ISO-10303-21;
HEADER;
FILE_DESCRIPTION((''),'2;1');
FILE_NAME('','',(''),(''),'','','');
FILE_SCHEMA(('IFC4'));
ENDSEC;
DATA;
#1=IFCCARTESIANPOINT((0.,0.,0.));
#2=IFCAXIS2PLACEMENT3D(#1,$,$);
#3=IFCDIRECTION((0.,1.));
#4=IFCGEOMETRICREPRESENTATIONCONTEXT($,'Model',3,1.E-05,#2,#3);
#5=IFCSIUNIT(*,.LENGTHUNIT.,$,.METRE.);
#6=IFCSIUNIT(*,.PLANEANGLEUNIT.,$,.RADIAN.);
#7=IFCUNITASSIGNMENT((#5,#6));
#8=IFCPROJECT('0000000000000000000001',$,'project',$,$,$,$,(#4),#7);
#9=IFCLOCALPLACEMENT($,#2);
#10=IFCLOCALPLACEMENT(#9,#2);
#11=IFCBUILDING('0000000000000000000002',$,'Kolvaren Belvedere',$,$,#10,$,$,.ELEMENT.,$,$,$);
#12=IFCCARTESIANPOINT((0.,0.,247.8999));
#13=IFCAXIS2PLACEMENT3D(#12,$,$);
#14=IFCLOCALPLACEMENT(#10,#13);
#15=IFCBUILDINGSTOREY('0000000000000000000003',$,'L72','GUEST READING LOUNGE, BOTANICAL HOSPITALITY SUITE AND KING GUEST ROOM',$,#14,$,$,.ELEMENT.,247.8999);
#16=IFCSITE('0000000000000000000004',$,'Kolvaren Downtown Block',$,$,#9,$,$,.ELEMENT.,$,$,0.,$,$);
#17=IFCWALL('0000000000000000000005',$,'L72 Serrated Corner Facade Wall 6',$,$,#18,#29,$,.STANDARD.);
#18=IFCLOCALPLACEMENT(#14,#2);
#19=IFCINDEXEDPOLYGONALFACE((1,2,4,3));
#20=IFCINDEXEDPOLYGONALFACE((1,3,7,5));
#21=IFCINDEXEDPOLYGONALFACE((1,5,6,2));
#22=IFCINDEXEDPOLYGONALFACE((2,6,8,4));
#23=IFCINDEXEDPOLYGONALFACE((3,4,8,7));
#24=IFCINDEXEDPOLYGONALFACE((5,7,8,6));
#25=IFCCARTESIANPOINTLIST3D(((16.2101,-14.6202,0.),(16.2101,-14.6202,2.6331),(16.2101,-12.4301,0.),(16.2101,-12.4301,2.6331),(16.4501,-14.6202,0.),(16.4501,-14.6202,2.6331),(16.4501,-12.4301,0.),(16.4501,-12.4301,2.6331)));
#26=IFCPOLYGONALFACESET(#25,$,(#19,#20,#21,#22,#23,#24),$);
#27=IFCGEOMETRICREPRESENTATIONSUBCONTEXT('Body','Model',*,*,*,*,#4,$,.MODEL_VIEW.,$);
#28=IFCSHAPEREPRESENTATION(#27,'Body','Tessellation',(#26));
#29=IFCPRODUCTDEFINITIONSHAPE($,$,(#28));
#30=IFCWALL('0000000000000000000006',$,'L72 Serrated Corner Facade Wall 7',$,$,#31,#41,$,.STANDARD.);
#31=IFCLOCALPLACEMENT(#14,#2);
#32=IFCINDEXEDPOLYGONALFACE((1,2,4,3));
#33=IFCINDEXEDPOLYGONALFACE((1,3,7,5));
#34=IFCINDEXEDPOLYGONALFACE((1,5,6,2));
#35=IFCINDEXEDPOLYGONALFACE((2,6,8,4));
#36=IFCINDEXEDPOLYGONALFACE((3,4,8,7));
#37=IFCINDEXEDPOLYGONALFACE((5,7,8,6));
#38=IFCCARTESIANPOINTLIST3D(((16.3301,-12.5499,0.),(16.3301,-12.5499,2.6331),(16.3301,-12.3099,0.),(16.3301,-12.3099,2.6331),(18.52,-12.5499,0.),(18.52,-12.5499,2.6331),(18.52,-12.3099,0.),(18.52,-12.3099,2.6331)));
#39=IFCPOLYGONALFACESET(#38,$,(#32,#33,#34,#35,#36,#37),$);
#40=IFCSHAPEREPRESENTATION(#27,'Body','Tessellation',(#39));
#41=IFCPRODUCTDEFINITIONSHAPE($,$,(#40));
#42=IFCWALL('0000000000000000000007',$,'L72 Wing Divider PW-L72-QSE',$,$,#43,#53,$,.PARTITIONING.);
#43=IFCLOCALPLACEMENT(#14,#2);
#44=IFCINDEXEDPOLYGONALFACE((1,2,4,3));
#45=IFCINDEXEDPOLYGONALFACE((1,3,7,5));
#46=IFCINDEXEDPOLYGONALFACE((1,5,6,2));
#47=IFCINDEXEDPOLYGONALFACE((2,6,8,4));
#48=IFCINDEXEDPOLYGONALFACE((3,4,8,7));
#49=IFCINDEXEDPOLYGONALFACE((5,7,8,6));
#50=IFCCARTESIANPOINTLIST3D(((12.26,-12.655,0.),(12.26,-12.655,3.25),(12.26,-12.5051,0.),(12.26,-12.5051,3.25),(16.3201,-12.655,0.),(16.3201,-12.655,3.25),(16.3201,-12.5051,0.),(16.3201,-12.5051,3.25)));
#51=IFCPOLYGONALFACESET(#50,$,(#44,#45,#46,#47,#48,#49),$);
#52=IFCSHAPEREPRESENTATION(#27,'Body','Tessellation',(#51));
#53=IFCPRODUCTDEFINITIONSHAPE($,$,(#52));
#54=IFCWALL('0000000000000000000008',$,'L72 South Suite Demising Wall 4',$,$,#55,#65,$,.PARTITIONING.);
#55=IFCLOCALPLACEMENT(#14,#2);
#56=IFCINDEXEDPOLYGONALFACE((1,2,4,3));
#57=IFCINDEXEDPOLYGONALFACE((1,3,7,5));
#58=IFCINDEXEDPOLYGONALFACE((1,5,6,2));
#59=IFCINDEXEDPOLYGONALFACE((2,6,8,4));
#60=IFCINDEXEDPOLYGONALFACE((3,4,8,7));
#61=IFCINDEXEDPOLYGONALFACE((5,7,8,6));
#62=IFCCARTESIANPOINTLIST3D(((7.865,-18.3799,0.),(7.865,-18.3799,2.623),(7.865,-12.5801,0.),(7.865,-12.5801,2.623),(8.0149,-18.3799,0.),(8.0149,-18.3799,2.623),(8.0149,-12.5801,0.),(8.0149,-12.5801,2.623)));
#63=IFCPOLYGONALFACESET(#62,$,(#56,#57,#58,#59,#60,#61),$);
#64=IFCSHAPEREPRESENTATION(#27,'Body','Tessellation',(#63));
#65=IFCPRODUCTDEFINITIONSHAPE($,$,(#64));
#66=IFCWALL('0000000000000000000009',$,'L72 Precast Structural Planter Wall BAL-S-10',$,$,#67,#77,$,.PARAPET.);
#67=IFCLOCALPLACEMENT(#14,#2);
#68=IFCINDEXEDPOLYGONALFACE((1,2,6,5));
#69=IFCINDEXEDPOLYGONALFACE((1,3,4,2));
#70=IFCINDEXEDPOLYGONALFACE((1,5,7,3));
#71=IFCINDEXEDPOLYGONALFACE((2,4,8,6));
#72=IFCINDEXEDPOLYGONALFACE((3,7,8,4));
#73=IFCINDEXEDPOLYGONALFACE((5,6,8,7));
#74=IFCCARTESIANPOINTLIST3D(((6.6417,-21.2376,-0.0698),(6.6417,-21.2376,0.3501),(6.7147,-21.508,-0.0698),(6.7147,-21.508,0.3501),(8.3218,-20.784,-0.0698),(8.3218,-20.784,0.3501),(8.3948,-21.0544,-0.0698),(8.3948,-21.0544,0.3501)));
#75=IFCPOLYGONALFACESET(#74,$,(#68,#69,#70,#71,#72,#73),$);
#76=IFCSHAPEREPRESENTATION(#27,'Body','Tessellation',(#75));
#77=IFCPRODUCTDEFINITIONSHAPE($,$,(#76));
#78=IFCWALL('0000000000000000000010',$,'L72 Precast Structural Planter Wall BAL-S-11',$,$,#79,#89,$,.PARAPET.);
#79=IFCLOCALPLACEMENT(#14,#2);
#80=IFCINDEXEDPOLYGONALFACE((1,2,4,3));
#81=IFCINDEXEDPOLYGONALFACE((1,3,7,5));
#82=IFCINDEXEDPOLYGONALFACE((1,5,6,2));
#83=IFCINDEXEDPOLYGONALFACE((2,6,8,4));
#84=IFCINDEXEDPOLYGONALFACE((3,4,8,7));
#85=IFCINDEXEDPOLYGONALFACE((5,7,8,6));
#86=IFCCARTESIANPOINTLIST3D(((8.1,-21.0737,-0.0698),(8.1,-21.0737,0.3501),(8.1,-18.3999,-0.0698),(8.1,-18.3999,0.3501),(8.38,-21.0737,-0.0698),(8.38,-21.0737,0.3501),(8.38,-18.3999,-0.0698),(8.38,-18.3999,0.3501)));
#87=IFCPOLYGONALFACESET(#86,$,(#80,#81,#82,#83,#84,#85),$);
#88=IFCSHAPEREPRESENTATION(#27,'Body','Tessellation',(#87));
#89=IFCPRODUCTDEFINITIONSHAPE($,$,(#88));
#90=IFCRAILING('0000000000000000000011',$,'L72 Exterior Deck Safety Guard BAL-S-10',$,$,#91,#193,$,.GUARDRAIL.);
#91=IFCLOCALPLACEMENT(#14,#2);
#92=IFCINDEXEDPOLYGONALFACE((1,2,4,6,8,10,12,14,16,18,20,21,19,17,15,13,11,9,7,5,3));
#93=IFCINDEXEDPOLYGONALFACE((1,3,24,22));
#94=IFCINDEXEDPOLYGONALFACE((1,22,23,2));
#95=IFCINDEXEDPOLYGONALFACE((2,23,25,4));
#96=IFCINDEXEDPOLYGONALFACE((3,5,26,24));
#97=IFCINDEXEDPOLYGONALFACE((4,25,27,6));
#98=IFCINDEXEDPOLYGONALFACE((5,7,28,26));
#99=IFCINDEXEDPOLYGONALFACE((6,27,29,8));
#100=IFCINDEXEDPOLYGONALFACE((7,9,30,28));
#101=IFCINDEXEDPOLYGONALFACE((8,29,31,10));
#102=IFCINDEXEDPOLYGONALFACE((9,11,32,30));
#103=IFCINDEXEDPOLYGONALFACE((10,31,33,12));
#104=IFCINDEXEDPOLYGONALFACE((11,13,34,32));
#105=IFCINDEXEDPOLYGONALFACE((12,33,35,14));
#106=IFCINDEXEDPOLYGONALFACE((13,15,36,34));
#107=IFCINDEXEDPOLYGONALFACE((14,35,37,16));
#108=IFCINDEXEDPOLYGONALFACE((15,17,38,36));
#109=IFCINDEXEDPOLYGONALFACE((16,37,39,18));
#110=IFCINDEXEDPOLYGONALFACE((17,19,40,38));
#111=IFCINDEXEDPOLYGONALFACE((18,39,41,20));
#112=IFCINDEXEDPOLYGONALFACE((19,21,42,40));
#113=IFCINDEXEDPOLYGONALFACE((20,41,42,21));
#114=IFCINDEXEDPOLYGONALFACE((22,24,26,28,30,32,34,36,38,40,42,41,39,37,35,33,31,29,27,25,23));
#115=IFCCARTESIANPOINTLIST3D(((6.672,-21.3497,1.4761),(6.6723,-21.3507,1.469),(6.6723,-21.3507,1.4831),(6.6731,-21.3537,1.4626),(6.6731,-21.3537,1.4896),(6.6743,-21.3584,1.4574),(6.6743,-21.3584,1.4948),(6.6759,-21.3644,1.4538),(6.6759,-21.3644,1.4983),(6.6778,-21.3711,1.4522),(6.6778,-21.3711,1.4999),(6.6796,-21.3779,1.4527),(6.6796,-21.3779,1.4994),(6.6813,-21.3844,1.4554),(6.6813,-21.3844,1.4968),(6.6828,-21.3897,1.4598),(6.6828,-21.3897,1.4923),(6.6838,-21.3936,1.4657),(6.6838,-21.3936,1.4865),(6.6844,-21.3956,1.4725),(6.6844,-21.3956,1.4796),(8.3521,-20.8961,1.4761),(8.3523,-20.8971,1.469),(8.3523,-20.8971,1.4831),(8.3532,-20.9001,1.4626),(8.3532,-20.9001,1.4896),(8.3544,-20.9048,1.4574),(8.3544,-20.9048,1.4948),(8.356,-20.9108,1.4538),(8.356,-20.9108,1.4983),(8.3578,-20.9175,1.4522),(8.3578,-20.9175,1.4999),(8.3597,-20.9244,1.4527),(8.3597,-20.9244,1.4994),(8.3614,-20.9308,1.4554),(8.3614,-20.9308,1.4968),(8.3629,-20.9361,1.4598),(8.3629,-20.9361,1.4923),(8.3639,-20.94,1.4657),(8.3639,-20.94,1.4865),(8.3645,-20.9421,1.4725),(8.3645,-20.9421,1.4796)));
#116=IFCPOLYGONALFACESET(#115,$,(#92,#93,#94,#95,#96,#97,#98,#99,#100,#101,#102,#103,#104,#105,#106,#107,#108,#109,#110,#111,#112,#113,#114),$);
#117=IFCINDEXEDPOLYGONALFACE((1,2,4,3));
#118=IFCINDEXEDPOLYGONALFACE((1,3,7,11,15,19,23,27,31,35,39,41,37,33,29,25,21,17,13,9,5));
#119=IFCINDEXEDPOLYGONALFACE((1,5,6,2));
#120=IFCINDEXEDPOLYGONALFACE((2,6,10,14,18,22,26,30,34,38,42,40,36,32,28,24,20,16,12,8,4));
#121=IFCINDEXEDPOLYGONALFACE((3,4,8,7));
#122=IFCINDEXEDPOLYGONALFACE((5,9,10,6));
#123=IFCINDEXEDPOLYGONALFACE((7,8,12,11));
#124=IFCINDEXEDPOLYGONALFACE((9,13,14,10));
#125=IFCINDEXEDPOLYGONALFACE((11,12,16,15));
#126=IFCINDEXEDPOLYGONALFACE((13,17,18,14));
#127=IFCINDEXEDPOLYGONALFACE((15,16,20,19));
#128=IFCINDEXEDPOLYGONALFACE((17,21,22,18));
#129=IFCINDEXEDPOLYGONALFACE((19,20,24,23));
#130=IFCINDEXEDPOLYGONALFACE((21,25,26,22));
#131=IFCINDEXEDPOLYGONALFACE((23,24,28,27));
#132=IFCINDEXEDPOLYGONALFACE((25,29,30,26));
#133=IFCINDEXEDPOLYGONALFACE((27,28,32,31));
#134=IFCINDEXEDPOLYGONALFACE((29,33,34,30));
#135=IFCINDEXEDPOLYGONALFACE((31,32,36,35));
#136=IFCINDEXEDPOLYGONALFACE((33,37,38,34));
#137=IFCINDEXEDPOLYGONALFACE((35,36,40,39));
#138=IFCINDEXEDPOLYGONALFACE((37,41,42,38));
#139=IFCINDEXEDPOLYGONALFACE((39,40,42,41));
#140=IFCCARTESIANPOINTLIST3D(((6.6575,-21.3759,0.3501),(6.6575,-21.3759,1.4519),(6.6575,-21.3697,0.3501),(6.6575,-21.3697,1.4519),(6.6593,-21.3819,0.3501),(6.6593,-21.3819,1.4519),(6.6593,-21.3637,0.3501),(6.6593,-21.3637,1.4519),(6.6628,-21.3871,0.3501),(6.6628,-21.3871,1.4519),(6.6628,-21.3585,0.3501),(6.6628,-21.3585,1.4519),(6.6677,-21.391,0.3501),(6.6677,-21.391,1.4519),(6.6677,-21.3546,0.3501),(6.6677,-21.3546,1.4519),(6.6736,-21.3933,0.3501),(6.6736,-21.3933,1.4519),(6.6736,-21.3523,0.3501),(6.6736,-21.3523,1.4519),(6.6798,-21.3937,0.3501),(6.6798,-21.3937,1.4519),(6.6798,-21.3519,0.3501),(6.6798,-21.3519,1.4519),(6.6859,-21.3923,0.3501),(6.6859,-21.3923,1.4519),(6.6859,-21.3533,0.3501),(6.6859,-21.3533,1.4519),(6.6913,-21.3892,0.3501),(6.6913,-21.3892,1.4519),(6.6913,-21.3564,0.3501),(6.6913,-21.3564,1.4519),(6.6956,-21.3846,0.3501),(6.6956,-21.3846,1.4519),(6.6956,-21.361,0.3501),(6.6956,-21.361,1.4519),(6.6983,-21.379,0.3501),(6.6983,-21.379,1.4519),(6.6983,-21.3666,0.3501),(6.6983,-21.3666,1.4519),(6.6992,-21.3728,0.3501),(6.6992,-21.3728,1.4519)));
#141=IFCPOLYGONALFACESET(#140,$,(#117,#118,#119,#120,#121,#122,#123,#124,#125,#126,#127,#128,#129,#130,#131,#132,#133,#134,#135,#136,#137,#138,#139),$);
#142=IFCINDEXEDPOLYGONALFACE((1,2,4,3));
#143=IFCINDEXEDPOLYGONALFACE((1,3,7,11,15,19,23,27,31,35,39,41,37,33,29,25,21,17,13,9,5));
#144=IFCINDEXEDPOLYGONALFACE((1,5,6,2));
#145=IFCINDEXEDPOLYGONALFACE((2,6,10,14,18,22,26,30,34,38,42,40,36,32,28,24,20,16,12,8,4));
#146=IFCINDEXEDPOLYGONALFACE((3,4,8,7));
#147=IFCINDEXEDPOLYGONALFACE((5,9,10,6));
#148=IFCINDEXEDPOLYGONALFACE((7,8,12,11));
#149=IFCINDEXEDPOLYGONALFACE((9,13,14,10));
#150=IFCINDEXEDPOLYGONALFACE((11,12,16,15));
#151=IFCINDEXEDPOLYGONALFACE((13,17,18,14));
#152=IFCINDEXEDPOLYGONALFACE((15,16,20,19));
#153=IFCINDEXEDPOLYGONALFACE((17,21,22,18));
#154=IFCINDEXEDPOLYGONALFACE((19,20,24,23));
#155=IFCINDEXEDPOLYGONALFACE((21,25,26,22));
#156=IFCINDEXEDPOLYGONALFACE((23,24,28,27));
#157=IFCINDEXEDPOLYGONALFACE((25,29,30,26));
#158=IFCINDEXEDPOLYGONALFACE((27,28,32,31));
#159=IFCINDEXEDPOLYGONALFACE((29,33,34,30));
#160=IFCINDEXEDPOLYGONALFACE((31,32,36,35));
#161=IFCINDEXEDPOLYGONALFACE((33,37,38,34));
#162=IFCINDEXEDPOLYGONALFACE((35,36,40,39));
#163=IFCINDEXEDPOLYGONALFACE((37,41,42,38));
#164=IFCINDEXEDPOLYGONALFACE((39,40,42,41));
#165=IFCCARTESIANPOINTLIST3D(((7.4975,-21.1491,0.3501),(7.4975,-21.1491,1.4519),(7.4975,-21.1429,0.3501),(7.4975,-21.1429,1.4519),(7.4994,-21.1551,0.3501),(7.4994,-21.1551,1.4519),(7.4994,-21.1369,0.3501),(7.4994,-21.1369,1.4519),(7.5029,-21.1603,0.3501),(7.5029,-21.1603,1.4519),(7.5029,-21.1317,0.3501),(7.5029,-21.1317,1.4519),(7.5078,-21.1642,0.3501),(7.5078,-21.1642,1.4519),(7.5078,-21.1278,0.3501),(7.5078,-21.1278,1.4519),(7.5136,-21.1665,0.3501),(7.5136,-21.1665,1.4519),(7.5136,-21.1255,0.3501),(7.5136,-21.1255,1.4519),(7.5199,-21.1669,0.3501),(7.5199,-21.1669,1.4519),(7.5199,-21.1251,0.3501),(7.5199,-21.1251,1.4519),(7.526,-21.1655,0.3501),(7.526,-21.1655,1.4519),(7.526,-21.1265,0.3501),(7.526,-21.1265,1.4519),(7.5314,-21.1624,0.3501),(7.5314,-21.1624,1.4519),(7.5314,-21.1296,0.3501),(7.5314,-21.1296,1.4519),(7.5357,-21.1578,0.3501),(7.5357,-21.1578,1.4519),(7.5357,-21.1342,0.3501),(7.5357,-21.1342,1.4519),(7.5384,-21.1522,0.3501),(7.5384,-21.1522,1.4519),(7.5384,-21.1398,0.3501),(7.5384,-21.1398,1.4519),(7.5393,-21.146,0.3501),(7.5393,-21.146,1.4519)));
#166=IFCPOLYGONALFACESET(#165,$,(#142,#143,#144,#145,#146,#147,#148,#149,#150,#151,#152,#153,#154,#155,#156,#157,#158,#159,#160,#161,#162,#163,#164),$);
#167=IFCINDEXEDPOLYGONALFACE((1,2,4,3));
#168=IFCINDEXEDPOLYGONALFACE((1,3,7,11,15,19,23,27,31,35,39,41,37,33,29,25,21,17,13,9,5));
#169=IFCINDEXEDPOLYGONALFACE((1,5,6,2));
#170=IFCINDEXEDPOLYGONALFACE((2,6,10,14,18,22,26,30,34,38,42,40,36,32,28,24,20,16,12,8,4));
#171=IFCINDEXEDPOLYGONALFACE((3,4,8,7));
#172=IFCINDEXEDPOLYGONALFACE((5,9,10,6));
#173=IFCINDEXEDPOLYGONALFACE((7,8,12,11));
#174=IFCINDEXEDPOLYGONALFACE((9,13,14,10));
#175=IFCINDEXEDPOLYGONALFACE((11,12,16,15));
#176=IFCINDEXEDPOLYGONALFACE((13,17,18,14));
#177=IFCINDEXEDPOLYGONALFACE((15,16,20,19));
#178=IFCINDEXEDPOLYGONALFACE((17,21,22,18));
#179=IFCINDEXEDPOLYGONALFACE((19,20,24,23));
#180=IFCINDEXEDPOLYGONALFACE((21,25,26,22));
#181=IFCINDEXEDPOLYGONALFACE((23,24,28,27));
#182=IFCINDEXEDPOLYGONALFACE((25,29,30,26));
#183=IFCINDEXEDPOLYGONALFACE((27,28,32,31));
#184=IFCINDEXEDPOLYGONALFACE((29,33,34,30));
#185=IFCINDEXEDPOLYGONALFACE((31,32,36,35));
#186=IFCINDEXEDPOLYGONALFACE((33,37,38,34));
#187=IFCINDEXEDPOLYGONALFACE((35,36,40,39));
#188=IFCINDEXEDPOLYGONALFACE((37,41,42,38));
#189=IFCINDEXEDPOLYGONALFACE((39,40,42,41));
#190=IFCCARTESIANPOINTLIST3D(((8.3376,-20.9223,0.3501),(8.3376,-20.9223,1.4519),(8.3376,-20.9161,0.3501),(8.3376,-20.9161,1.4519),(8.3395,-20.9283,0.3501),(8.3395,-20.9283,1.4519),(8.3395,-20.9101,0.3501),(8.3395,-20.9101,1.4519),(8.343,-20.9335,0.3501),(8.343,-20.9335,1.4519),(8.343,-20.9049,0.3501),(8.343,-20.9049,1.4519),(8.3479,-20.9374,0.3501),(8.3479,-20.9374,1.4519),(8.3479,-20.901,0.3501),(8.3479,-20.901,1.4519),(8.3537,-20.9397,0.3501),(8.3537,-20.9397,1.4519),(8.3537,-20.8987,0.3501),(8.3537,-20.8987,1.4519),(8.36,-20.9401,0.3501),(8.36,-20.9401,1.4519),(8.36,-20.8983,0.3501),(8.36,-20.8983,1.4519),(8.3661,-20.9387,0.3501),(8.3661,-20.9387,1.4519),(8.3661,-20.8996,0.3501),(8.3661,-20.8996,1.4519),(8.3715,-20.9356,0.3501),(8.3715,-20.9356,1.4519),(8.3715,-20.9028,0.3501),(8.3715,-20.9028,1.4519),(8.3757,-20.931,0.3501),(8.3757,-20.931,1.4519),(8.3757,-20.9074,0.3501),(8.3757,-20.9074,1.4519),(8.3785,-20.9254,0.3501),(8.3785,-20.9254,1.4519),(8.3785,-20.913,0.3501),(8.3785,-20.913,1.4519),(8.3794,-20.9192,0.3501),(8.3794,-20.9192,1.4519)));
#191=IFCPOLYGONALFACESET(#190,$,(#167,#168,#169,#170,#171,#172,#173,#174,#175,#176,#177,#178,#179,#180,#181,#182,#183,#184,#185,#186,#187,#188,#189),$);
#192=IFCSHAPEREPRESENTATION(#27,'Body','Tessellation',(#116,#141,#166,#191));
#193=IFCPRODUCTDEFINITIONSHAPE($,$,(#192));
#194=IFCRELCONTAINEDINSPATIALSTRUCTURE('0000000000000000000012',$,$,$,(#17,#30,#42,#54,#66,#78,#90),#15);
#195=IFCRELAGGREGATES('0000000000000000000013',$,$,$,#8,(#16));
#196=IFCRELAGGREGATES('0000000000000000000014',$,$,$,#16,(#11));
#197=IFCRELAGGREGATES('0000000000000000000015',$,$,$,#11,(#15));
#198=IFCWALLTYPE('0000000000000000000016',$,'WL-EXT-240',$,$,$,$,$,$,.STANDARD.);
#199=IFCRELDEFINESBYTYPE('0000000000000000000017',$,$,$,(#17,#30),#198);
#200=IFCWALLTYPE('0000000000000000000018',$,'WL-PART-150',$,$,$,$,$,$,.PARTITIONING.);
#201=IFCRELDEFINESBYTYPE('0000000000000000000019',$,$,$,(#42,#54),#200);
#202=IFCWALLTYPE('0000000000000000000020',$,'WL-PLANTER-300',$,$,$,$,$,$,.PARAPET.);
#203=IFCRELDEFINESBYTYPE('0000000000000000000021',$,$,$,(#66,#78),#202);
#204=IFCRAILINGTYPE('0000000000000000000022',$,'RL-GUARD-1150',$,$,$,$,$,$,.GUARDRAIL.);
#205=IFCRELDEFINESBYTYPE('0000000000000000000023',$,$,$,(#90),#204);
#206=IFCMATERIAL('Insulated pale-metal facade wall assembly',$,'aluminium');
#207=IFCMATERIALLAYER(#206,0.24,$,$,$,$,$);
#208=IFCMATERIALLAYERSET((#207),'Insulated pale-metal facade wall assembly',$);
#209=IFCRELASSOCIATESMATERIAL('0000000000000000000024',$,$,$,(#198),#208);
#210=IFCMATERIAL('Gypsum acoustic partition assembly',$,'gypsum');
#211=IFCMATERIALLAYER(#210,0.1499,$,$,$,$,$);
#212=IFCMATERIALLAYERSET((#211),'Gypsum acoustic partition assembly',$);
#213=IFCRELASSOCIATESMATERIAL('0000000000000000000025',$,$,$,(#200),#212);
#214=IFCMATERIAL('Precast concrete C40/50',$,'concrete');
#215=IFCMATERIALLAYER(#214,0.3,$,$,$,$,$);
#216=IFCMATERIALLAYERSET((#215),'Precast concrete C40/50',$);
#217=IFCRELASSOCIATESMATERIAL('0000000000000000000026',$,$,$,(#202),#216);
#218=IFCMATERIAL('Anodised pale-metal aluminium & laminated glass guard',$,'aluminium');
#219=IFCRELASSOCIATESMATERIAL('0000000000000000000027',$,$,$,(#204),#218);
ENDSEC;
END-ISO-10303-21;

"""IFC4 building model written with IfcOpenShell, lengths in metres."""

from ifc_helpers import new_model, si_unit, direction, frame, frame_2d, origin, origin_2d, place, context, subcontext, project, spatial, rectangle, circle, extrude, material, layer, layer_set, type_object, element, save


model = new_model("IFC4")

# Units and contexts
model_context = context("Model", 3, precision=1e-05, world=origin(), true_north=direction((0.0, 1.0)))
body_context = subcontext(model_context, "Body", "Model", "MODEL_VIEW")
ifc_project = project(units=[si_unit("LENGTHUNIT", "METRE"), si_unit("PLANEANGLEUNIT", "RADIAN")], contexts=[model_context])

# Site, building, storey
site_placement = place(None, origin())
site = spatial("IfcSite", under=ifc_project, at=site_placement, Name="Kolvaren Downtown Block", CompositionType="ELEMENT", RefElevation=0.0)
building_placement = place(site_placement, origin())
building = spatial("IfcBuilding", under=site, at=building_placement, Name="Kolvaren Belvedere", CompositionType="ELEMENT")
storey_placement = place(building_placement, frame((0.0, 0.0, 247.8999)))
storey = spatial("IfcBuildingStorey", under=building, at=storey_placement, Name="L72", Description="GUEST READING LOUNGE, BOTANICAL HOSPITALITY SUITE AND KING GUEST ROOM", CompositionType="ELEMENT", Elevation=247.8999)

# Walls
ifc_material_1 = material(Name="Insulated pale-metal facade wall assembly", Category="aluminium")
ifc_layer_1 = layer(ifc_material_1, 0.24)
ifc_layer_set_1 = layer_set([ifc_layer_1], Name="Insulated pale-metal facade wall assembly")
wall_type_1 = type_object("IfcWallType", Name="WL-EXT-240", PredefinedType="STANDARD", material=ifc_layer_set_1)
for number, where, z_axis, x_axis, name in (
    (1, (16.3301, -12.4299, 0.0), (0.0, 0.0, 1.0), (0.0, -1.0, 0.0), "L72 Serrated Corner Facade Wall 6"),
):
    element("IfcWall", number, at=place(storey_placement, frame(where, z_axis=z_axis, x_axis=x_axis)), inside=storey, type_object=wall_type_1, Name=name, PredefinedType="STANDARD", context=body_context, shape_type="SweptSolid", body=[
        extrude(rectangle(XDim=2.1902, YDim=0.24, at=frame_2d((1.0952, 0.0))), origin(), (0.0, 0.0, 1.0), 2.6331),
    ])
wall_1_placement = place(storey_placement, frame((18.52, -12.4299, 0.0), z_axis=(0.0, 0.0, 1.0), x_axis=(-1.0, 0.0, 0.0)))
element("IfcWall", 2, at=wall_1_placement, inside=storey, type_object=wall_type_1, Name="L72 Serrated Corner Facade Wall 7", PredefinedType="STANDARD", context=body_context, shape_type="SweptSolid", body=[
    extrude(rectangle(XDim=2.1899, YDim=0.24, at=frame_2d((1.095, 0.0))), origin(), (0.0, 0.0, 1.0), 2.6331),
])
ifc_material_2 = material(Name="Gypsum acoustic partition assembly", Category="gypsum")
ifc_layer_2 = layer(ifc_material_2, 0.1499)
ifc_layer_set_2 = layer_set([ifc_layer_2], Name="Gypsum acoustic partition assembly")
wall_type_2 = type_object("IfcWallType", Name="WL-PART-150", PredefinedType="PARTITIONING", material=ifc_layer_set_2)
wall_2_placement = place(storey_placement, frame((12.26, -12.5801, 0.0), z_axis=(0.0, 0.0, 1.0), x_axis=(1.0, 0.0, 0.0)))
element("IfcWall", 3, at=wall_2_placement, inside=storey, type_object=wall_type_2, Name="L72 Wing Divider PW-L72-QSE", PredefinedType="PARTITIONING", context=body_context, shape_type="SweptSolid", body=[
    extrude(rectangle(XDim=4.0601, YDim=0.1499, at=frame_2d((2.03, 0.0))), origin(), (0.0, 0.0, 1.0), 3.25),
])
wall_3_placement = place(storey_placement, frame((7.9399, -18.3799, 0.0), z_axis=(0.0, 0.0, 1.0), x_axis=(0.0, 1.0, 0.0)))
element("IfcWall", 4, at=wall_3_placement, inside=storey, type_object=wall_type_2, Name="L72 South Suite Demising Wall 4", PredefinedType="PARTITIONING", context=body_context, shape_type="SweptSolid", body=[
    extrude(rectangle(XDim=5.7998, YDim=0.1499, at=frame_2d((2.8999, 0.0))), origin(), (0.0, 0.0, 1.0), 2.623),
])
ifc_material_3 = material(Name="Precast concrete C40/50", Category="concrete")
ifc_layer_3 = layer(ifc_material_3, 0.3)
ifc_layer_set_3 = layer_set([ifc_layer_3], Name="Precast concrete C40/50")
wall_type_3 = type_object("IfcWallType", Name="WL-PLANTER-300", PredefinedType="PARAPET", material=ifc_layer_set_3)
wall_4_placement = place(storey_placement, frame((6.6782, -21.3728, -0.0698), z_axis=(0.0, 0.0, 1.0), x_axis=(0.965434, 0.260648, 0.0)))
element("IfcWall", 5, at=wall_4_placement, inside=storey, type_object=wall_type_3, Name="L72 Precast Structural Planter Wall BAL-S-10", PredefinedType="PARAPET", context=body_context, shape_type="SweptSolid", body=[
    extrude(rectangle(XDim=1.7402, YDim=0.28, at=frame_2d((0.8701, 0.0))), origin(), (0.0, 0.0, 1.0), 0.4199),
])
wall_5_placement = place(storey_placement, frame((8.24, -21.0737, -0.0698), z_axis=(0.0, 0.0, 1.0), x_axis=(0.0, 1.0, 0.0)))
element("IfcWall", 6, at=wall_5_placement, inside=storey, type_object=wall_type_3, Name="L72 Precast Structural Planter Wall BAL-S-11", PredefinedType="PARAPET", context=body_context, shape_type="SweptSolid", body=[
    extrude(rectangle(XDim=2.6738, YDim=0.28, at=frame_2d((1.3369, 0.0))), origin(), (0.0, 0.0, 1.0), 0.4199),
])

# Railing
ifc_material_4 = material(Name="Anodised pale-metal aluminium & laminated glass guard", Category="aluminium")
railing_type = type_object("IfcRailingType", Name="RL-GUARD-1150", PredefinedType="GUARDRAIL", material=ifc_material_4)
railing_1_placement = place(storey_placement, frame((6.6782, -21.3728, 0.3501)))
element("IfcRailing", 7, at=railing_1_placement, inside=storey, type_object=railing_type, Name="L72 Exterior Deck Safety Guard BAL-S-10", PredefinedType="GUARDRAIL", context=body_context, shape_type="SweptSolid", body=[
    extrude(circle(Radius=0.0239, at=origin_2d()), frame((0.0, 0.0, 1.126), z_axis=(0.965434, 0.260648, 0.0), x_axis=(-0.260648, 0.965434, 0.0)), (0.0, 0.0, 1.0), 1.7402),
    extrude(circle(Radius=0.021, at=origin_2d()), origin(), (0.0, 0.0, 1.0), 1.1018),
    extrude(circle(Radius=0.021, at=origin_2d()), frame((0.8401, 0.2268, 0.0)), (0.0, 0.0, 1.0), 1.1018),
    extrude(circle(Radius=0.021, at=origin_2d()), frame((1.6802, 0.4536, 0.0)), (0.0, 0.0, 1.0), 1.1018),
])

save(model, "model.ifc")
